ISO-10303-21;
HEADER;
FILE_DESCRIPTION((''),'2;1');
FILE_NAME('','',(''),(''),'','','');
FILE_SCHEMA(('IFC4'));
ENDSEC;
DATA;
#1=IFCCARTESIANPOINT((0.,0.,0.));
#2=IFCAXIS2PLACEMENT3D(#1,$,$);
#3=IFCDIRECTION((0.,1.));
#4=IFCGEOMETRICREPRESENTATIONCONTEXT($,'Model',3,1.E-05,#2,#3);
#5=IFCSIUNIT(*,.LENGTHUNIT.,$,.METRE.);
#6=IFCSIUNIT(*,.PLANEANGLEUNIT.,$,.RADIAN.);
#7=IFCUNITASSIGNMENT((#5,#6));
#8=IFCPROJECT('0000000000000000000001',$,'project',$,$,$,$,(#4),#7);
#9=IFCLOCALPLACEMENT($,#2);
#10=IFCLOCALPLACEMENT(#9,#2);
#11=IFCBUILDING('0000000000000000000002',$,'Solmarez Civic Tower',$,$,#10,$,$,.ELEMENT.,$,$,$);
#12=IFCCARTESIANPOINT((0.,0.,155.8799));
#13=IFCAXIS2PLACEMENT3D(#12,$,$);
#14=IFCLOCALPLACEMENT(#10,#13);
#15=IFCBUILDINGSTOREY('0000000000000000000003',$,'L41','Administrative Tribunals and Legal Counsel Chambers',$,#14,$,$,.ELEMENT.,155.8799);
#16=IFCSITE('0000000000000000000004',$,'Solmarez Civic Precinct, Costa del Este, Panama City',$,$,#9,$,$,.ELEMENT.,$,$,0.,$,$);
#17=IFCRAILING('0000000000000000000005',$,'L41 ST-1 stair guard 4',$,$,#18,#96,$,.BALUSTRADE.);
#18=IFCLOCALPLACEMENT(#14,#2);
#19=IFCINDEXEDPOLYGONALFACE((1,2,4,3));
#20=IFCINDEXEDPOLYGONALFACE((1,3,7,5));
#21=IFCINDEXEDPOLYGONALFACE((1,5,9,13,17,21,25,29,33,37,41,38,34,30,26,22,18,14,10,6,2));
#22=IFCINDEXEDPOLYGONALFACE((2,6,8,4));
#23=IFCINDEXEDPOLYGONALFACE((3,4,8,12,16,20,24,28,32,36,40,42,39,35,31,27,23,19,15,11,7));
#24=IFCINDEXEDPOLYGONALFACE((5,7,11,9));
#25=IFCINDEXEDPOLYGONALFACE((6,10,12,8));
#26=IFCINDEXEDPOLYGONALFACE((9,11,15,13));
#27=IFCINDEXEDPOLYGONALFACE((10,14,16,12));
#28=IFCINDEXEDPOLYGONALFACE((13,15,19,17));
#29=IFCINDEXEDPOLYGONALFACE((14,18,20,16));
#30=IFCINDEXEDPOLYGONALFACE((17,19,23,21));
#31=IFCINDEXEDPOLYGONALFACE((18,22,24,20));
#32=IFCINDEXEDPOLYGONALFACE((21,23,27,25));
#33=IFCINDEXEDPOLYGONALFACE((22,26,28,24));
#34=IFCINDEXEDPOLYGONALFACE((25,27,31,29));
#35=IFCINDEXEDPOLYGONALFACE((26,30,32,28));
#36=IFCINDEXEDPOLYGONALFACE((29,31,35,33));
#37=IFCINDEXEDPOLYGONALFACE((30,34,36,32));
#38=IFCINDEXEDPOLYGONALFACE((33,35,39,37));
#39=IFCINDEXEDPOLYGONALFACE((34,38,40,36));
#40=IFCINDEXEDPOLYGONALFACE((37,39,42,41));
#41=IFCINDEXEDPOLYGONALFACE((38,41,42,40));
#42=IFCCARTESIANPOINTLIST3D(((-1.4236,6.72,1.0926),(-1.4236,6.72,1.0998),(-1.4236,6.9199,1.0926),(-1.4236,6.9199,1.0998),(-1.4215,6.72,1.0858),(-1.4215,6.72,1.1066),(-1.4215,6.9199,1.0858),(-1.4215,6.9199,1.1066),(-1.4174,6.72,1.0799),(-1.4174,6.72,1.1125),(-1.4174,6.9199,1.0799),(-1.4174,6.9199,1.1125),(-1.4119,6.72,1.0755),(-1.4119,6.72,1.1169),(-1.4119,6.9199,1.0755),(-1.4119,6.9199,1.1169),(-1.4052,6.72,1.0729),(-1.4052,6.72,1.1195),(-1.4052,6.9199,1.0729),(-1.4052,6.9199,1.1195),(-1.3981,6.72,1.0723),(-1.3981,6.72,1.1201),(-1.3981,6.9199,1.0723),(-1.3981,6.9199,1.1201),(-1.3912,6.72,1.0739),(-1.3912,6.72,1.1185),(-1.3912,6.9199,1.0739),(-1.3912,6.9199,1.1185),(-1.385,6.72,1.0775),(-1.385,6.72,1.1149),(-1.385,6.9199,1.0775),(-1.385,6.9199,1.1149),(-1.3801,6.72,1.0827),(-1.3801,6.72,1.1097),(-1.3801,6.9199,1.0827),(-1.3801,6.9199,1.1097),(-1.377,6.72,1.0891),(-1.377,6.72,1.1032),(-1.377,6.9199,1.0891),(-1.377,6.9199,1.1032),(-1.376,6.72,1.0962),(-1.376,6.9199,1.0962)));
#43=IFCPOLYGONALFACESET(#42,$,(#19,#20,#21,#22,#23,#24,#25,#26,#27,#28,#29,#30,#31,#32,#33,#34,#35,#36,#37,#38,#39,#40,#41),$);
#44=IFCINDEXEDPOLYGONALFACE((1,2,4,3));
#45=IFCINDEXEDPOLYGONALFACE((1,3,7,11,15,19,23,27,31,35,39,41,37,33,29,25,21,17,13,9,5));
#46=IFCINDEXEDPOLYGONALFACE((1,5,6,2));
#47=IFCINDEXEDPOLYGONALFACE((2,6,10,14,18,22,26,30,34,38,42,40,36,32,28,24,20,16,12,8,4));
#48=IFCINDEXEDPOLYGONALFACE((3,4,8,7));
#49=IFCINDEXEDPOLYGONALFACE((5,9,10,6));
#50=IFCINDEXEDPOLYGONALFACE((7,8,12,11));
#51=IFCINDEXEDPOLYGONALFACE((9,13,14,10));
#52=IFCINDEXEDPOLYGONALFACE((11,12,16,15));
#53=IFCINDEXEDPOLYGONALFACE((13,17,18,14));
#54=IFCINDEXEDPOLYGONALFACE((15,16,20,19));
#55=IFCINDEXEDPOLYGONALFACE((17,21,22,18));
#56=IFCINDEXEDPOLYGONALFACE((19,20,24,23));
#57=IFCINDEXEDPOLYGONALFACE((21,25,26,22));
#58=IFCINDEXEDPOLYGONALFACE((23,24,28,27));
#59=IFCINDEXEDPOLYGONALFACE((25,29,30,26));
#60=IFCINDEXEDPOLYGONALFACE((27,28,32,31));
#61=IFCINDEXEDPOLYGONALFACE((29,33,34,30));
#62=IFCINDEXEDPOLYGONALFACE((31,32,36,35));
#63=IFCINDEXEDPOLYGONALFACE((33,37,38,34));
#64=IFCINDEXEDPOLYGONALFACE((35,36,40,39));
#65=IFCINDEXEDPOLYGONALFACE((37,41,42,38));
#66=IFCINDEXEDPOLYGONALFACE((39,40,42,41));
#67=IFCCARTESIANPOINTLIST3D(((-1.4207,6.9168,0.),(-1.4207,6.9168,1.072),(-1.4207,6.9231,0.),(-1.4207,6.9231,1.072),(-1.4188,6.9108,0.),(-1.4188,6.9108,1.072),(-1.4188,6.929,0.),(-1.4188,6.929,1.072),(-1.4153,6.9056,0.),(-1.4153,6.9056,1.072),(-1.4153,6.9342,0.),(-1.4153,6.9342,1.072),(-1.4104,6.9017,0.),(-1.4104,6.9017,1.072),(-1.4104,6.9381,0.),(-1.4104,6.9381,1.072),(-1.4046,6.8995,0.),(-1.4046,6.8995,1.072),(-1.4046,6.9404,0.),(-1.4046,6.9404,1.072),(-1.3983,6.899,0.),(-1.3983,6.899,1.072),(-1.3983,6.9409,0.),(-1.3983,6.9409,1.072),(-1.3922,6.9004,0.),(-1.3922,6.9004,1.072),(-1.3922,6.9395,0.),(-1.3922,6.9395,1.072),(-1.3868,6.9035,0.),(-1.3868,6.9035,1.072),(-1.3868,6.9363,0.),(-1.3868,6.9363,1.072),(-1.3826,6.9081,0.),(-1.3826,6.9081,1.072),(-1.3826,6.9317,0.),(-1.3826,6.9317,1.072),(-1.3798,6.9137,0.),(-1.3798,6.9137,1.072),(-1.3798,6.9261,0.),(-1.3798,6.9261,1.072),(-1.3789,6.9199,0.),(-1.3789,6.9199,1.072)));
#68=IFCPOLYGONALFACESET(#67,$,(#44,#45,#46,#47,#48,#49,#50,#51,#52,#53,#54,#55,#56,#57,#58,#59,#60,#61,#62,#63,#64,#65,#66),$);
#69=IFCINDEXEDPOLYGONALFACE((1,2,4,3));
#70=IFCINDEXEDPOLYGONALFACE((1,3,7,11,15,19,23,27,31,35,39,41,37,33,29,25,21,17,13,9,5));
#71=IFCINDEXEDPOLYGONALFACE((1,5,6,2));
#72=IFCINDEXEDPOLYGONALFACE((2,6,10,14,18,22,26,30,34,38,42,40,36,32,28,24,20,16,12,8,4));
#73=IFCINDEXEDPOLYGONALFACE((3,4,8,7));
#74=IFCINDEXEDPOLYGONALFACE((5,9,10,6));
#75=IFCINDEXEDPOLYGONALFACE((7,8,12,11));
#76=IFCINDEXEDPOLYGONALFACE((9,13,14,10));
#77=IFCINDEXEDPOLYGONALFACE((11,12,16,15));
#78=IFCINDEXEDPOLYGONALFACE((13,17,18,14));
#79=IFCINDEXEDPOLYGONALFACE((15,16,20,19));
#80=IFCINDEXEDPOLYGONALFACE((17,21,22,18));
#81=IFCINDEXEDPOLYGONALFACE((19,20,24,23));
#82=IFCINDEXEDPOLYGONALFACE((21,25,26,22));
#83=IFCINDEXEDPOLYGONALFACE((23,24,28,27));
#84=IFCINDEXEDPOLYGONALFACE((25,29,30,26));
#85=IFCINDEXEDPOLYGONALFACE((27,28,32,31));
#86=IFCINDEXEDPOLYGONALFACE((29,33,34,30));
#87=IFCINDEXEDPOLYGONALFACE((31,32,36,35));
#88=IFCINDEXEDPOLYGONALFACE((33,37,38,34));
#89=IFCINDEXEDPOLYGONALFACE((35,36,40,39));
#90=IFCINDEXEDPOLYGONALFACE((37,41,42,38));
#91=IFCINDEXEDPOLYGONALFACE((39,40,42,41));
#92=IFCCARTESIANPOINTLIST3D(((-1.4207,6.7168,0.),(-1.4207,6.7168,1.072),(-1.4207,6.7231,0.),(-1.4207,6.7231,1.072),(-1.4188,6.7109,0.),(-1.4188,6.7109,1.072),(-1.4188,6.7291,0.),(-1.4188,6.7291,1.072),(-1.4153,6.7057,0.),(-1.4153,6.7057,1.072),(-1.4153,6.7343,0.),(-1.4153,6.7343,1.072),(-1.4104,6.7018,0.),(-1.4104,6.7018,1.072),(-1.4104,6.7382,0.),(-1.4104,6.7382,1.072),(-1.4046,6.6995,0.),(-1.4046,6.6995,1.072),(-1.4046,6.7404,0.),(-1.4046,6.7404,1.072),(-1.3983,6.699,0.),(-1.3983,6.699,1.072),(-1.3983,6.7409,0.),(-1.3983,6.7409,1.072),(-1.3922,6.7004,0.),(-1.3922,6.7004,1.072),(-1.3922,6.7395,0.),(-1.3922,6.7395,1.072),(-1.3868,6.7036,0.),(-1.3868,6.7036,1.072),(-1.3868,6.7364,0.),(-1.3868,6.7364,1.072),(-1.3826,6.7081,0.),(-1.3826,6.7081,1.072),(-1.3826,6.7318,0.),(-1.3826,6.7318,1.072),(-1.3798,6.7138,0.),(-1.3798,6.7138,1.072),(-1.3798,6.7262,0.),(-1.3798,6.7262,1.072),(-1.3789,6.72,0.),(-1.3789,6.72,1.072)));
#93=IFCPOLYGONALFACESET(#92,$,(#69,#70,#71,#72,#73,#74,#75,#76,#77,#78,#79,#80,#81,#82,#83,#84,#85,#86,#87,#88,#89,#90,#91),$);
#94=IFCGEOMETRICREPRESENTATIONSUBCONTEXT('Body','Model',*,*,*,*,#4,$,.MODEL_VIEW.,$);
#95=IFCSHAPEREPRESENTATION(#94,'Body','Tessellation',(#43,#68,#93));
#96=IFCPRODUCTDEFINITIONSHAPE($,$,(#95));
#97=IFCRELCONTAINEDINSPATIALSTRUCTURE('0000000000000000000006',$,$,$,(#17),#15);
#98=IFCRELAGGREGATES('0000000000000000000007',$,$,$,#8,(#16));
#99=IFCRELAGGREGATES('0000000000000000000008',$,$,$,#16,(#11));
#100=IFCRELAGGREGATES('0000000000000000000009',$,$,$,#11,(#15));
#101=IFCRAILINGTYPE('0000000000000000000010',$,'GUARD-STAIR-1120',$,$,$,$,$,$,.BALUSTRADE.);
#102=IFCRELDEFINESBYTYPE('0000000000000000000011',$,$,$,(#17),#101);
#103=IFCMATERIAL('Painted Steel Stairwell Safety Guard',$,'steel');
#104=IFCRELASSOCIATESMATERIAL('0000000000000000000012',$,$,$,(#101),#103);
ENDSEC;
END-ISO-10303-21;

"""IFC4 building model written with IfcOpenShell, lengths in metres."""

from ifc_helpers import new_model, si_unit, direction, frame, origin, origin_2d, place, context, subcontext, project, spatial, circle, extrude, material, type_object, element, save


model = new_model("IFC4")

# Units and contexts
model_context = context("Model", 3, precision=1e-05, world=origin(), true_north=direction((0.0, 1.0)))
body_context = subcontext(model_context, "Body", "Model", "MODEL_VIEW")
ifc_project = project(units=[si_unit("LENGTHUNIT", "METRE"), si_unit("PLANEANGLEUNIT", "RADIAN")], contexts=[model_context])

# Site, building, storey
site_placement = place(None, origin())
site = spatial("IfcSite", under=ifc_project, at=site_placement, Name="Solmarez Civic Precinct, Costa del Este, Panama City", CompositionType="ELEMENT", RefElevation=0.0)
building_placement = place(site_placement, origin())
building = spatial("IfcBuilding", under=site, at=building_placement, Name="Solmarez Civic Tower", CompositionType="ELEMENT")
storey_placement = place(building_placement, frame((0.0, 0.0, 155.8799)))
storey = spatial("IfcBuildingStorey", under=building, at=storey_placement, Name="L41", Description="Administrative Tribunals and Legal Counsel Chambers", CompositionType="ELEMENT", Elevation=155.8799)

# Railing
ifc_material_1 = material(Name="Painted Steel Stairwell Safety Guard", Category="steel")
railing_type_1 = type_object("IfcRailingType", Name="GUARD-STAIR-1120", PredefinedType="BALUSTRADE", material=ifc_material_1)
railing_1_placement = place(storey_placement, frame((-1.3999, 6.9199, 0.0)))
element("IfcRailing", 1, at=railing_1_placement, inside=storey, type_object=railing_type_1, Name="L41 ST-1 stair guard 4", PredefinedType="BALUSTRADE", context=body_context, shape_type="SweptSolid", body=[
    extrude(circle(Radius=0.0239, at=origin_2d()), frame((0.0, 0.0, 1.0962), z_axis=(0.0, -1.0, 0.0), x_axis=(1.0, 0.0, 0.0)), (0.0, 0.0, 1.0), 0.2),
    extrude(circle(Radius=0.021, at=origin_2d()), origin(), (0.0, 0.0, 1.0), 1.072),
    extrude(circle(Radius=0.021, at=origin_2d()), frame((0.0, -0.2, 0.0)), (0.0, 0.0, 1.0), 1.072),
])

save(model, "model.ifc")
